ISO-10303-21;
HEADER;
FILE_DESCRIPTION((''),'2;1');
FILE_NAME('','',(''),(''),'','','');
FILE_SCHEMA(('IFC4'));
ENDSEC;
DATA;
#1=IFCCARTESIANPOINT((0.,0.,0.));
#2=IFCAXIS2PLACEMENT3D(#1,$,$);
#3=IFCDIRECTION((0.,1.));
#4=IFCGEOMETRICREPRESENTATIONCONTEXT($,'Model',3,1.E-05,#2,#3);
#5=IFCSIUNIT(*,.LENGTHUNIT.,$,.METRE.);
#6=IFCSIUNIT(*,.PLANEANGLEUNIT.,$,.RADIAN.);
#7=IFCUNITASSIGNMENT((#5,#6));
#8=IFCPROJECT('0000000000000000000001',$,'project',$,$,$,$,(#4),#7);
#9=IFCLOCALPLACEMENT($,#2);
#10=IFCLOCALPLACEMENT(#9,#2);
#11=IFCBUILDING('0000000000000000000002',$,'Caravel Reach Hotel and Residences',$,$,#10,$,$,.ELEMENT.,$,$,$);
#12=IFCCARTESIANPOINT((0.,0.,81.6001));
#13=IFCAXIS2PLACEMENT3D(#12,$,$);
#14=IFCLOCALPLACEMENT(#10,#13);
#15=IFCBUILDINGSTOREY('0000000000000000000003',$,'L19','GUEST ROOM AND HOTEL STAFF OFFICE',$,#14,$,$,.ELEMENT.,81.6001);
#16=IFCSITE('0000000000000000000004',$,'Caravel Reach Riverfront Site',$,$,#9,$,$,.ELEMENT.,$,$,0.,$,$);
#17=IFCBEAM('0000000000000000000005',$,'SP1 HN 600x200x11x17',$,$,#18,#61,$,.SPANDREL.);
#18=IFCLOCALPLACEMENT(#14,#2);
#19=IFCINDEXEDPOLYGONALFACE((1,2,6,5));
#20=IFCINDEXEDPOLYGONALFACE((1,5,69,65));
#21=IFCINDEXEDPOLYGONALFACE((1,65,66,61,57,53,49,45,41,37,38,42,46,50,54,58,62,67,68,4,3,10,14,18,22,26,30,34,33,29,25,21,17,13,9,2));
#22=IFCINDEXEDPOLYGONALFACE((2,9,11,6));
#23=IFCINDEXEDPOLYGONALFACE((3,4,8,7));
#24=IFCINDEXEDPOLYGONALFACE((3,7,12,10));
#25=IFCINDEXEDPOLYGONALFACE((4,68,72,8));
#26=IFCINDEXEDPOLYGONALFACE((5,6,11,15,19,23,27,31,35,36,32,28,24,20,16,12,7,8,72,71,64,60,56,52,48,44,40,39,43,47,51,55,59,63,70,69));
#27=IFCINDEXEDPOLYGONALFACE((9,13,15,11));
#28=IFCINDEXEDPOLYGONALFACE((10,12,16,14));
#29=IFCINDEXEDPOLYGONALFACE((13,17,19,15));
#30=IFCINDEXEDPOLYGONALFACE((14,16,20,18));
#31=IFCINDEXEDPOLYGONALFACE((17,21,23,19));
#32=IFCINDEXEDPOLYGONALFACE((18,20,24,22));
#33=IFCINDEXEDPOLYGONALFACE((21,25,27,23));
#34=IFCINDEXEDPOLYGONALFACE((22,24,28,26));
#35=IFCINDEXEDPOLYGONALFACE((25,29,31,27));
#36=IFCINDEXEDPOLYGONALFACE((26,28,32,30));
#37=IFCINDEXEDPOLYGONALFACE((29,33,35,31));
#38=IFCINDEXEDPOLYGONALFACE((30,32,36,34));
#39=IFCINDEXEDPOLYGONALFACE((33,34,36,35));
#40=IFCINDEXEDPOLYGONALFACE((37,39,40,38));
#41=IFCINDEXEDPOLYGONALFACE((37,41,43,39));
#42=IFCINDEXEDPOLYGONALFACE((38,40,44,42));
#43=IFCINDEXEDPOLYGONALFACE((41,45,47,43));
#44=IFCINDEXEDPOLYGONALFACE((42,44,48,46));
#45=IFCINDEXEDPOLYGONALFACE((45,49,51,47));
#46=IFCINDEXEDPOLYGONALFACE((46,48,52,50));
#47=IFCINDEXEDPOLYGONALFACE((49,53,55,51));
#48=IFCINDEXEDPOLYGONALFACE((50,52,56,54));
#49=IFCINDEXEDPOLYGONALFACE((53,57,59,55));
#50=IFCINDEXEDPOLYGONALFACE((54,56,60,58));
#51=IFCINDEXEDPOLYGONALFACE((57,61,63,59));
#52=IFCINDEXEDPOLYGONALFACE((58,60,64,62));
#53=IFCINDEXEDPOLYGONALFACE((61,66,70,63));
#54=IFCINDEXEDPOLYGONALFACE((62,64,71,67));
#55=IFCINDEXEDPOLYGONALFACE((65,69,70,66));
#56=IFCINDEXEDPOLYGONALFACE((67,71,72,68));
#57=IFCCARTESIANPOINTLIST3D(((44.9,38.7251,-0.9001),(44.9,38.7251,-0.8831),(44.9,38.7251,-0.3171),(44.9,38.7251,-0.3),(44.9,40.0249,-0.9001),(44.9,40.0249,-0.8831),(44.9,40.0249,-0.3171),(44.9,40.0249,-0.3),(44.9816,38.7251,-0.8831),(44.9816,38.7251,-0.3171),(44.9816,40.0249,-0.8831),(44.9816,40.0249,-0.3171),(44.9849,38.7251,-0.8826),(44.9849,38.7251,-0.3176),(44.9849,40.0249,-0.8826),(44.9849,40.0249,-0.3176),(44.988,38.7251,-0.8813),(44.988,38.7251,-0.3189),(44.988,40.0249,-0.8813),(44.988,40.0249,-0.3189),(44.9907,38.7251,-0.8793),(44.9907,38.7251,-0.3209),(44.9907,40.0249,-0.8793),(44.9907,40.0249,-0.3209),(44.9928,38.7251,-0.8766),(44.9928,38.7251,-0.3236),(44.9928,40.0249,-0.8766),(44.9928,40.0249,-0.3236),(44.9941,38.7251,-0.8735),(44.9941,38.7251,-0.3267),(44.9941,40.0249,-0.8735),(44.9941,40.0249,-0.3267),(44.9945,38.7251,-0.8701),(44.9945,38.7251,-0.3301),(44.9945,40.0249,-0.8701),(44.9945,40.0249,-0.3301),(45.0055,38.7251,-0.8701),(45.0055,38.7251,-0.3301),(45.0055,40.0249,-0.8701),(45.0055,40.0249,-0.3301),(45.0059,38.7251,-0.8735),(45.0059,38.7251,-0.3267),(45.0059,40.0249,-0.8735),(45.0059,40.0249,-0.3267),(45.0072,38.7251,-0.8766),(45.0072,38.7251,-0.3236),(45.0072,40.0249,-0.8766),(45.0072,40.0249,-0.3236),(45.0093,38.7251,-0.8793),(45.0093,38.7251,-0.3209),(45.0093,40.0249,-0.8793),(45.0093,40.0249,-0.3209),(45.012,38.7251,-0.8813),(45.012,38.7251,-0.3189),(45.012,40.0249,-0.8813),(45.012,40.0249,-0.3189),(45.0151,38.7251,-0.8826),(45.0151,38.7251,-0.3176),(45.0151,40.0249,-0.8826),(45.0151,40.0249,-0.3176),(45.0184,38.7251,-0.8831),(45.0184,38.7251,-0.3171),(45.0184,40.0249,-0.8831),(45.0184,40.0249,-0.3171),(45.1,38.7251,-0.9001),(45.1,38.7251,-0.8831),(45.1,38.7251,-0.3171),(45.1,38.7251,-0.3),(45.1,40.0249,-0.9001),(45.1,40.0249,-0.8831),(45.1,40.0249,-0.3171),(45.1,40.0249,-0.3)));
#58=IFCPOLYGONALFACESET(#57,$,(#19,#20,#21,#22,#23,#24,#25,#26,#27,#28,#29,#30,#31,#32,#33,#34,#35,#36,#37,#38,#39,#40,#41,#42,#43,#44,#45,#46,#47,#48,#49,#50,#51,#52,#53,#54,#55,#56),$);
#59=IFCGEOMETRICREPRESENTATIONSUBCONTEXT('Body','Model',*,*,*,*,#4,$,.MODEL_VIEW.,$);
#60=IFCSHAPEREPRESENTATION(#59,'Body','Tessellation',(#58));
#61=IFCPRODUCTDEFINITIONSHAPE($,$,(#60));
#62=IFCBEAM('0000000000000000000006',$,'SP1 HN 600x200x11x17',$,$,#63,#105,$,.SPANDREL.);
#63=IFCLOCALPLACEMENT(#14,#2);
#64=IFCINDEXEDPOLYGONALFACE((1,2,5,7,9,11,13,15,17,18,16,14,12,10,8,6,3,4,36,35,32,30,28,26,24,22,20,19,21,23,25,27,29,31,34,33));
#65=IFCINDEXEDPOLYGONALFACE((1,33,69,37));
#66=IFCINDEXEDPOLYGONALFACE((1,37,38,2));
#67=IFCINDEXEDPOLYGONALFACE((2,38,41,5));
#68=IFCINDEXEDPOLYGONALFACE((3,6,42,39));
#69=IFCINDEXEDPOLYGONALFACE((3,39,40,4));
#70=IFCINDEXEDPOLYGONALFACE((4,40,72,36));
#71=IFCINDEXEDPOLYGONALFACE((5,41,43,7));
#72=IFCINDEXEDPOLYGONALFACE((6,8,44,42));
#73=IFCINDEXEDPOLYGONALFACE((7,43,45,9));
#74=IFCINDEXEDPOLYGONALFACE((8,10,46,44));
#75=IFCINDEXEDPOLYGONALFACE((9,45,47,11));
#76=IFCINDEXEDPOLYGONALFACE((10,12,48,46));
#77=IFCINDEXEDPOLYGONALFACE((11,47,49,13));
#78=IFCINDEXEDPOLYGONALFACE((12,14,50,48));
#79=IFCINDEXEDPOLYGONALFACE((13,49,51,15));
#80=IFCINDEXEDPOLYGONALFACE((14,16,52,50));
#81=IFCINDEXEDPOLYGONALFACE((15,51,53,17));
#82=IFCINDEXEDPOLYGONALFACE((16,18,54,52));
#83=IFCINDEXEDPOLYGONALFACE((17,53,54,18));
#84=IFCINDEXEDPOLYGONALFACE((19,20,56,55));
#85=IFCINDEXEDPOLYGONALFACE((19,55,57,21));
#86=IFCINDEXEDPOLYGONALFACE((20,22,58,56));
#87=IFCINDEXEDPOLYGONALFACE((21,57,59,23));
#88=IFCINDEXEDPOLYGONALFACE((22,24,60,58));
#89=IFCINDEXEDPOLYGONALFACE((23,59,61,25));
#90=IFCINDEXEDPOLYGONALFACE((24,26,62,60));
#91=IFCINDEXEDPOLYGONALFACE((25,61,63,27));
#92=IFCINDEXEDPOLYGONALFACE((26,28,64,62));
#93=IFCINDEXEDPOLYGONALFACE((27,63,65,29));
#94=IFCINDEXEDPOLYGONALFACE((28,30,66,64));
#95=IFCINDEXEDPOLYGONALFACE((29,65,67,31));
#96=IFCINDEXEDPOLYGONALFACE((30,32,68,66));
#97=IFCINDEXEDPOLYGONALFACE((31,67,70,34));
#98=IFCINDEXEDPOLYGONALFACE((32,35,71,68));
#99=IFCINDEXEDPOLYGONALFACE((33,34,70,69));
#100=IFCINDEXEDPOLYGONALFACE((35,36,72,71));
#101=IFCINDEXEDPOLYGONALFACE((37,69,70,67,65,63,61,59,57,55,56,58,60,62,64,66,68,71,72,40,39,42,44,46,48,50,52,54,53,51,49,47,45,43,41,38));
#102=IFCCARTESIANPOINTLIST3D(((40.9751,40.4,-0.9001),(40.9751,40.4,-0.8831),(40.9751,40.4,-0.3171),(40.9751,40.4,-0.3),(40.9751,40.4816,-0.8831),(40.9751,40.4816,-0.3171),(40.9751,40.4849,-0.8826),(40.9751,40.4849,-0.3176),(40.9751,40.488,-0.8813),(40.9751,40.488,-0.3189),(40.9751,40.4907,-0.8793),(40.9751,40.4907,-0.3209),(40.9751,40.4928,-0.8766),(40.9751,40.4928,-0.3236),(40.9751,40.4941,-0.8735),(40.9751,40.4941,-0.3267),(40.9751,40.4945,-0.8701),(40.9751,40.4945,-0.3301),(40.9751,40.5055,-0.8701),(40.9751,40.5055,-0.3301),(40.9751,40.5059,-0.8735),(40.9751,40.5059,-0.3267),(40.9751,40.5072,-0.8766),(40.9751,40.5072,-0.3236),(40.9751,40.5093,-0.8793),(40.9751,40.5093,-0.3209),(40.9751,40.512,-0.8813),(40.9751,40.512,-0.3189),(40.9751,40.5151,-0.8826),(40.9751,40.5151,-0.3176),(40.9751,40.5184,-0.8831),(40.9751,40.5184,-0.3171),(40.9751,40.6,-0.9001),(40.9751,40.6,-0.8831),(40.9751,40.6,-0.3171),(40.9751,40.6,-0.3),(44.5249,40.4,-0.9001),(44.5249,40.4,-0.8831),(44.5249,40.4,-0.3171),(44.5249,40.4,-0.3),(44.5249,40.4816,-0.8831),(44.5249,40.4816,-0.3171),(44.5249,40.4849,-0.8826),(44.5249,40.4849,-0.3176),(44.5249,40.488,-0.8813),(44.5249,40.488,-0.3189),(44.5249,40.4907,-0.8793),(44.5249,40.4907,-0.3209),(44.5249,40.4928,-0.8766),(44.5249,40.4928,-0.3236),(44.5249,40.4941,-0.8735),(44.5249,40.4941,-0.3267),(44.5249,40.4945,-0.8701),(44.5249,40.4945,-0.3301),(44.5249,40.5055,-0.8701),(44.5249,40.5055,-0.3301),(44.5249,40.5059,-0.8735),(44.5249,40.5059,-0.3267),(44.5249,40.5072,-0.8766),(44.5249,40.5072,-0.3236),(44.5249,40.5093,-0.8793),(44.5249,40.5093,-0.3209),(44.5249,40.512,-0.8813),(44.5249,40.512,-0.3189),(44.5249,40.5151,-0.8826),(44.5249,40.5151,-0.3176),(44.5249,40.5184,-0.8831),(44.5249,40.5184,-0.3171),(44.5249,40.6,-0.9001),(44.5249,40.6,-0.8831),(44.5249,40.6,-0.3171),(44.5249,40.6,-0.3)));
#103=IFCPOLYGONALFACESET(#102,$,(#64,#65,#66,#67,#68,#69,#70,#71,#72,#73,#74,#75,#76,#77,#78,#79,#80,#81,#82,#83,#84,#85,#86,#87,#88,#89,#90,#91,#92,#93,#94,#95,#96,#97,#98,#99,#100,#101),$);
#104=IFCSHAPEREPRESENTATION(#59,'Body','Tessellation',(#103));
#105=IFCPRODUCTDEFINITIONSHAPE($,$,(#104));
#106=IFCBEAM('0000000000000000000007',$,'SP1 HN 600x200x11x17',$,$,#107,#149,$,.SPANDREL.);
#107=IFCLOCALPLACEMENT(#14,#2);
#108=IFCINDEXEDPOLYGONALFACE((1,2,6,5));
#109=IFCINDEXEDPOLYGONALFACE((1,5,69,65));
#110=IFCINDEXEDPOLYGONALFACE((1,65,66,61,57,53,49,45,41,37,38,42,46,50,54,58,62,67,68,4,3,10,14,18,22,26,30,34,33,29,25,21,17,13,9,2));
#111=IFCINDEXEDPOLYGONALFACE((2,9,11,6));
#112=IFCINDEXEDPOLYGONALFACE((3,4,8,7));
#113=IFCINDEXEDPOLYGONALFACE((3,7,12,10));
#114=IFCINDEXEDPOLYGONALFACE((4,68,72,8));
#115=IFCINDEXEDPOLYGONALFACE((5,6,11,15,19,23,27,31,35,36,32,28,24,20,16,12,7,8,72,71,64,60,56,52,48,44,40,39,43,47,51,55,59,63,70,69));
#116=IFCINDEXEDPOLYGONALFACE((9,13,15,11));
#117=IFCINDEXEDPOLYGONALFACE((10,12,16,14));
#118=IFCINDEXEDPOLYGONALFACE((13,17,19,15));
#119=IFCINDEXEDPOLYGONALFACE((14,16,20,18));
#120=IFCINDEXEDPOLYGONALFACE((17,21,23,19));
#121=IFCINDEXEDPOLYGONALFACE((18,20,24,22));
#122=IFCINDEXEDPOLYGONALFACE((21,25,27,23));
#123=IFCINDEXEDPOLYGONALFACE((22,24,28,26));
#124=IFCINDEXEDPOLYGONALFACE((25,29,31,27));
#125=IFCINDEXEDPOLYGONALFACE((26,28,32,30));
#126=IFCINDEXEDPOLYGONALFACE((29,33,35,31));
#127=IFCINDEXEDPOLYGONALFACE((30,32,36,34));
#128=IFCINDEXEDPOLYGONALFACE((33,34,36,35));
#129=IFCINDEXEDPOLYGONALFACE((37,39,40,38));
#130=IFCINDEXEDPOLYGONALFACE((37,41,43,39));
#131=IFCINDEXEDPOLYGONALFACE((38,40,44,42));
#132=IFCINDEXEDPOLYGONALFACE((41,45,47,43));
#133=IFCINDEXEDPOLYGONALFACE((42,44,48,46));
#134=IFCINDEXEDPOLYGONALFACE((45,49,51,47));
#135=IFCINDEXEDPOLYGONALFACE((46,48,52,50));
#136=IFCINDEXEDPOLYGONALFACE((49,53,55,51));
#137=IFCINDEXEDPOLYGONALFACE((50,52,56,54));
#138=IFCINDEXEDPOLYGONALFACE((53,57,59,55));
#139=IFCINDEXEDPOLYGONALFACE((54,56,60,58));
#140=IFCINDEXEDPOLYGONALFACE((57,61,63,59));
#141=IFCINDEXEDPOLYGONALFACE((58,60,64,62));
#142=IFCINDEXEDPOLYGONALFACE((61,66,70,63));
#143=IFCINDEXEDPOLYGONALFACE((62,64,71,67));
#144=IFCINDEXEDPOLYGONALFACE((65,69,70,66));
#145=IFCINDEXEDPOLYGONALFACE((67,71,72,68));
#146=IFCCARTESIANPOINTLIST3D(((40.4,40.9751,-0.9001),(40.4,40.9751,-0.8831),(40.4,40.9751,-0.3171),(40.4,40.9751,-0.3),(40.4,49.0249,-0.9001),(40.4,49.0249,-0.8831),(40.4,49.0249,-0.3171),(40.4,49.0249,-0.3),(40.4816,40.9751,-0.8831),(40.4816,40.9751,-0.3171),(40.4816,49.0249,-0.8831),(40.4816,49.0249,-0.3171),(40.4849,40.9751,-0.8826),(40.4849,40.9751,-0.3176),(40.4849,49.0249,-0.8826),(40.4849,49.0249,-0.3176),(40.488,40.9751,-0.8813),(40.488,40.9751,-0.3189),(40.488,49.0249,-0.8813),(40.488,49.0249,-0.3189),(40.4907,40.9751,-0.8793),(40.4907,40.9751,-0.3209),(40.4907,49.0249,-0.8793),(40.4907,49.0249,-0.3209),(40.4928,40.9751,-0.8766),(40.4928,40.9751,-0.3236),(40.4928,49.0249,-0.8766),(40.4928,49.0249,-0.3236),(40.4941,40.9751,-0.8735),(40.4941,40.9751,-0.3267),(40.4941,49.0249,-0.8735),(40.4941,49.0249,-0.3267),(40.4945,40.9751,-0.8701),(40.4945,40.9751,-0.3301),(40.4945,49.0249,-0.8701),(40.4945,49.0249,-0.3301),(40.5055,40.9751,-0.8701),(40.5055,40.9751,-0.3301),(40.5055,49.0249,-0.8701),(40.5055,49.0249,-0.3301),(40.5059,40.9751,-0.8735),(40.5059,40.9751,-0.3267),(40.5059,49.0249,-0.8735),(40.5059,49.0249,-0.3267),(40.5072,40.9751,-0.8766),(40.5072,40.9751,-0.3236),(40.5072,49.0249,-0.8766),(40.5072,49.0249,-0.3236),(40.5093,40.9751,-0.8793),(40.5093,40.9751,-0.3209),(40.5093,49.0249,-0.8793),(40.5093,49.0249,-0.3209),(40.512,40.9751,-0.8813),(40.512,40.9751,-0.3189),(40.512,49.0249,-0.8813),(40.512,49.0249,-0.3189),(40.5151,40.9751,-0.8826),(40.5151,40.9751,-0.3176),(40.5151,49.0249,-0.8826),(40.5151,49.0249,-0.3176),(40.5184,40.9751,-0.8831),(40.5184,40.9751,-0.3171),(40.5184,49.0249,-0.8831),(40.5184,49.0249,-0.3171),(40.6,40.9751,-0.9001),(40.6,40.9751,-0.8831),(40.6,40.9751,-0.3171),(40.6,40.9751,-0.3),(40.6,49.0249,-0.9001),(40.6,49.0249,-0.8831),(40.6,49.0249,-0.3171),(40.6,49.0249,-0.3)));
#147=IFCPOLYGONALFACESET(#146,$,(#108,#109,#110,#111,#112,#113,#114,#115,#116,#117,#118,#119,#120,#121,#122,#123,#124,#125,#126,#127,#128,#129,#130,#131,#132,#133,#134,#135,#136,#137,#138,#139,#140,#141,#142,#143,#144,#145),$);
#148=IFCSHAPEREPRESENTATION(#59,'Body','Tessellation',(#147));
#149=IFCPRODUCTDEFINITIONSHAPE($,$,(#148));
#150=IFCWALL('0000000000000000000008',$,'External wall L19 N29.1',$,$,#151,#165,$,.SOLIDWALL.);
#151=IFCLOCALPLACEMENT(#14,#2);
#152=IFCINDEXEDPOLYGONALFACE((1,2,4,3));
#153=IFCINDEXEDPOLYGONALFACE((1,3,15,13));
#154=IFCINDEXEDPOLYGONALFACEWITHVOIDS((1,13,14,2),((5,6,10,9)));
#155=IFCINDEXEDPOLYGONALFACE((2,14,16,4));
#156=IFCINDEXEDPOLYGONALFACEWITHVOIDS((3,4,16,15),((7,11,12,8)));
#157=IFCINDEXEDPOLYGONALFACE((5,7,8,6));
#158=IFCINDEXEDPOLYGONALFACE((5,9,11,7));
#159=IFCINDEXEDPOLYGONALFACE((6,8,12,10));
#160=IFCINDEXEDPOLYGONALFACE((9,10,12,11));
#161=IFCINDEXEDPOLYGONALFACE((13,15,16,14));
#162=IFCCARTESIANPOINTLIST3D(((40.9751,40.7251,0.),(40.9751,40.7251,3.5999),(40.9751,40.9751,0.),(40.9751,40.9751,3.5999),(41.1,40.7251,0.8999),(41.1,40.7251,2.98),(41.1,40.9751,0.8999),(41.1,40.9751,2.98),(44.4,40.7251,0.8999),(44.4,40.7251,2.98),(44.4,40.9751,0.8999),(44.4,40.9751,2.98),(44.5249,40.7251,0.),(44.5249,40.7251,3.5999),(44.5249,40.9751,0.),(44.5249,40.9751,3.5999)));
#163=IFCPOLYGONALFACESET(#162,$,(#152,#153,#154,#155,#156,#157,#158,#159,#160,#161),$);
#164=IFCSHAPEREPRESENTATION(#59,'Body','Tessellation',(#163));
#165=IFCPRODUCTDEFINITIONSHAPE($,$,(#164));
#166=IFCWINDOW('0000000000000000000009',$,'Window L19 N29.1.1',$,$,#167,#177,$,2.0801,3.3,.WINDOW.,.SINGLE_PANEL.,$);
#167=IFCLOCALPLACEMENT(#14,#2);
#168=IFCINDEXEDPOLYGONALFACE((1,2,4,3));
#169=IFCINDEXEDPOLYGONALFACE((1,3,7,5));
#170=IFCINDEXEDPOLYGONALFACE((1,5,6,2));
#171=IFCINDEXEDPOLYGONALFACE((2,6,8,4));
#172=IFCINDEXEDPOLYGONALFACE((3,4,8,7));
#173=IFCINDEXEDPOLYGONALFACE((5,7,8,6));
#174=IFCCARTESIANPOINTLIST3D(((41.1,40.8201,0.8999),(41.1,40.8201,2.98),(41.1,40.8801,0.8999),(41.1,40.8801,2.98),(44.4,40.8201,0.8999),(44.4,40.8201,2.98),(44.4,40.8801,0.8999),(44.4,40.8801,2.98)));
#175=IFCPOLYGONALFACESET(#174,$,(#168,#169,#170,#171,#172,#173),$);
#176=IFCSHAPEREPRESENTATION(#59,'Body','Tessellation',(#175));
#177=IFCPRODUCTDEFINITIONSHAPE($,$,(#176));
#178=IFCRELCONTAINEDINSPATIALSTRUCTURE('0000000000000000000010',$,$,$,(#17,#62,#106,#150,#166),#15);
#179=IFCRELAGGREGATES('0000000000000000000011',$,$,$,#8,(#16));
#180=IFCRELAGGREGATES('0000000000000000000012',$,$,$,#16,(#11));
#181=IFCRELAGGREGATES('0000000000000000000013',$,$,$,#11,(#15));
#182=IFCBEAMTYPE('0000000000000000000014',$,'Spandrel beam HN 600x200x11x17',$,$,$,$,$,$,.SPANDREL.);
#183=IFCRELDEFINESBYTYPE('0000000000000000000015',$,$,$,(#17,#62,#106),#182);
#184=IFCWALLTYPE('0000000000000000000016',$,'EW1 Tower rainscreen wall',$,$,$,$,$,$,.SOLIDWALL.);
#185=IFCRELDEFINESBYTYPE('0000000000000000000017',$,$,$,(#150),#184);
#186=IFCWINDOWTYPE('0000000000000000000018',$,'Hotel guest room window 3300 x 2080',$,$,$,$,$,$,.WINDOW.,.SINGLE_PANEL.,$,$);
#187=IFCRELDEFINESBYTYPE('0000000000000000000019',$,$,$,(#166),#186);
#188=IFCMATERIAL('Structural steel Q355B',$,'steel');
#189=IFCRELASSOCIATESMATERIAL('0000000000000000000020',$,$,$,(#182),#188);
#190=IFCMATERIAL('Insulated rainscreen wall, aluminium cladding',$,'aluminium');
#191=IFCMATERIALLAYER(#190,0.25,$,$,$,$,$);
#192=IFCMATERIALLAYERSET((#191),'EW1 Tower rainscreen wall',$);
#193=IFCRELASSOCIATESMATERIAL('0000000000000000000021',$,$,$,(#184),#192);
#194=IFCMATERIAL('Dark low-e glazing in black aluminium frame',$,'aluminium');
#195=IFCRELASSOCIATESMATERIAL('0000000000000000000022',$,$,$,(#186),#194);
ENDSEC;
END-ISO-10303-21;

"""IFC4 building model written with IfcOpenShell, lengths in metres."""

from ifc_helpers import new_model, si_unit, direction, frame, frame_2d, origin, origin_2d, place, context, subcontext, project, spatial, rectangle, i_section, extrude, material, layer, layer_set, material_profile, profile_set, type_object, element, fill, save


model = new_model("IFC4")

# Units and contexts
model_context = context("Model", 3, precision=1e-05, world=origin(), true_north=direction((0.0, 1.0)))
body_context = subcontext(model_context, "Body", "Model", "MODEL_VIEW")
ifc_project = project(units=[si_unit("LENGTHUNIT", "METRE"), si_unit("PLANEANGLEUNIT", "RADIAN")], contexts=[model_context])

# Site, building, storey
site_placement = place(None, origin())
site = spatial("IfcSite", under=ifc_project, at=site_placement, Name="Caravel Reach Riverfront Site", CompositionType="ELEMENT", RefElevation=0.0)
building_placement = place(site_placement, origin())
building = spatial("IfcBuilding", under=site, at=building_placement, Name="Caravel Reach Hotel and Residences", CompositionType="ELEMENT")
storey_placement = place(building_placement, frame((0.0, 0.0, 81.6001)))
storey = spatial("IfcBuildingStorey", under=building, at=storey_placement, Name="L19", Description="GUEST ROOM AND HOTEL STAFF OFFICE", CompositionType="ELEMENT", Elevation=81.6001)

# Beams
ifc_material_1 = material(Name="Structural steel Q355B", Category="steel")
ifc_material_profile_1 = material_profile(ifc_material_1, i_section(OverallWidth=0.2, OverallDepth=0.6001, WebThickness=0.011, FlangeThickness=0.0171, FilletRadius=0.0129, at=origin_2d()), Name="HN 600x200x11x17")
ifc_profile_set_1 = profile_set([ifc_material_profile_1], Name="Structural steel Q355B")
beam_type_1 = type_object("IfcBeamType", Name="Spandrel beam HN 600x200x11x17", PredefinedType="SPANDREL", material=ifc_profile_set_1)
beam_1_placement = place(storey_placement, frame((45.0, 38.7251, -0.6001), z_axis=(0.0, 1.0, 0.0), x_axis=(-1.0, 0.0, 0.0)))
element("IfcBeam", 1, at=beam_1_placement, inside=storey, type_object=beam_type_1, Name="SP1 HN 600x200x11x17", PredefinedType="SPANDREL", context=body_context, shape_type="SweptSolid", body=[
    extrude(i_section(OverallWidth=0.2, OverallDepth=0.6001, WebThickness=0.011, FlangeThickness=0.0171, FilletRadius=0.0129, at=origin_2d()), origin(), (0.0, 0.0, 1.0), 1.2998),
])
beam_2_placement = place(storey_placement, frame((44.5249, 40.5, -0.6001), z_axis=(-1.0, 0.0, 0.0), x_axis=(0.0, -1.0, 0.0)))
element("IfcBeam", 2, at=beam_2_placement, inside=storey, type_object=beam_type_1, Name="SP1 HN 600x200x11x17", PredefinedType="SPANDREL", context=body_context, shape_type="SweptSolid", body=[
    extrude(i_section(OverallWidth=0.2, OverallDepth=0.6001, WebThickness=0.011, FlangeThickness=0.0171, FilletRadius=0.0129, at=origin_2d()), origin(), (0.0, 0.0, 1.0), 3.5498),
])
beam_3_placement = place(storey_placement, frame((40.5, 40.9751, -0.6001), z_axis=(0.0, 1.0, 0.0), x_axis=(-1.0, 0.0, 0.0)))
element("IfcBeam", 3, at=beam_3_placement, inside=storey, type_object=beam_type_1, Name="SP1 HN 600x200x11x17", PredefinedType="SPANDREL", context=body_context, shape_type="SweptSolid", body=[
    extrude(i_section(OverallWidth=0.2, OverallDepth=0.6001, WebThickness=0.011, FlangeThickness=0.0171, FilletRadius=0.0129, at=origin_2d()), origin(), (0.0, 0.0, 1.0), 8.0498),
])

# Wall, opening, window
ifc_material_2 = material(Name="Insulated rainscreen wall, aluminium cladding", Category="aluminium")
ifc_layer_1 = layer(ifc_material_2, 0.25)
ifc_layer_set_1 = layer_set([ifc_layer_1], Name="EW1 Tower rainscreen wall")
wall_type_1 = type_object("IfcWallType", Name="EW1 Tower rainscreen wall", PredefinedType="SOLIDWALL", material=ifc_layer_set_1)
wall_1_placement = place(storey_placement, frame((44.5249, 40.8501, 0.0), z_axis=(0.0, 0.0, 1.0), x_axis=(-1.0, 0.0, 0.0)))
wall_1 = element("IfcWall", 4, at=wall_1_placement, inside=storey, type_object=wall_type_1, Name="External wall L19 N29.1", PredefinedType="SOLIDWALL", context=body_context, shape_type="SweptSolid", body=[
    extrude(rectangle(XDim=3.5498, YDim=0.25, at=frame_2d((1.7749, 0.0))), origin(), (0.0, 0.0, 1.0), 3.5999),
])
opening_1_placement = place(wall_1_placement, frame((0.125, 0.0, 0.8999)))
opening_1 = element("IfcOpeningElement", 5, at=opening_1_placement, cuts=wall_1, PredefinedType="OPENING", context=body_context, shape_type="SweptSolid", body=[
    extrude(rectangle(XDim=3.3, YDim=2.0801, at=frame_2d((1.6499, 1.04))), frame((0.0, 0.135, 0.0), z_axis=(0.0, -1.0, 0.0), x_axis=(1.0, 0.0, 0.0)), (0.0, 0.0, 1.0), 0.27),
])
ifc_material_3 = material(Name="Dark low-e glazing in black aluminium frame", Category="aluminium")
window_type = type_object("IfcWindowType", Name="Hotel guest room window 3300 x 2080", PartitioningType="SINGLE_PANEL", PredefinedType="WINDOW", material=ifc_material_3)
window_1_placement = place(opening_1_placement, origin())
window_1 = element("IfcWindow", 6, at=window_1_placement, inside=storey, type_object=window_type, Name="Window L19 N29.1.1", OverallHeight=2.0801, OverallWidth=3.3, PartitioningType="SINGLE_PANEL", PredefinedType="WINDOW", context=body_context, shape_type="SweptSolid", body=[
    extrude(rectangle(XDim=3.3, YDim=2.0801, at=frame_2d((1.6499, 1.04))), frame((0.0, 0.03, 0.0), z_axis=(0.0, -1.0, 0.0), x_axis=(1.0, 0.0, 0.0)), (0.0, 0.0, 1.0), 0.0601),
])
fill(opening_1, window_1)

save(model, "model.ifc")
